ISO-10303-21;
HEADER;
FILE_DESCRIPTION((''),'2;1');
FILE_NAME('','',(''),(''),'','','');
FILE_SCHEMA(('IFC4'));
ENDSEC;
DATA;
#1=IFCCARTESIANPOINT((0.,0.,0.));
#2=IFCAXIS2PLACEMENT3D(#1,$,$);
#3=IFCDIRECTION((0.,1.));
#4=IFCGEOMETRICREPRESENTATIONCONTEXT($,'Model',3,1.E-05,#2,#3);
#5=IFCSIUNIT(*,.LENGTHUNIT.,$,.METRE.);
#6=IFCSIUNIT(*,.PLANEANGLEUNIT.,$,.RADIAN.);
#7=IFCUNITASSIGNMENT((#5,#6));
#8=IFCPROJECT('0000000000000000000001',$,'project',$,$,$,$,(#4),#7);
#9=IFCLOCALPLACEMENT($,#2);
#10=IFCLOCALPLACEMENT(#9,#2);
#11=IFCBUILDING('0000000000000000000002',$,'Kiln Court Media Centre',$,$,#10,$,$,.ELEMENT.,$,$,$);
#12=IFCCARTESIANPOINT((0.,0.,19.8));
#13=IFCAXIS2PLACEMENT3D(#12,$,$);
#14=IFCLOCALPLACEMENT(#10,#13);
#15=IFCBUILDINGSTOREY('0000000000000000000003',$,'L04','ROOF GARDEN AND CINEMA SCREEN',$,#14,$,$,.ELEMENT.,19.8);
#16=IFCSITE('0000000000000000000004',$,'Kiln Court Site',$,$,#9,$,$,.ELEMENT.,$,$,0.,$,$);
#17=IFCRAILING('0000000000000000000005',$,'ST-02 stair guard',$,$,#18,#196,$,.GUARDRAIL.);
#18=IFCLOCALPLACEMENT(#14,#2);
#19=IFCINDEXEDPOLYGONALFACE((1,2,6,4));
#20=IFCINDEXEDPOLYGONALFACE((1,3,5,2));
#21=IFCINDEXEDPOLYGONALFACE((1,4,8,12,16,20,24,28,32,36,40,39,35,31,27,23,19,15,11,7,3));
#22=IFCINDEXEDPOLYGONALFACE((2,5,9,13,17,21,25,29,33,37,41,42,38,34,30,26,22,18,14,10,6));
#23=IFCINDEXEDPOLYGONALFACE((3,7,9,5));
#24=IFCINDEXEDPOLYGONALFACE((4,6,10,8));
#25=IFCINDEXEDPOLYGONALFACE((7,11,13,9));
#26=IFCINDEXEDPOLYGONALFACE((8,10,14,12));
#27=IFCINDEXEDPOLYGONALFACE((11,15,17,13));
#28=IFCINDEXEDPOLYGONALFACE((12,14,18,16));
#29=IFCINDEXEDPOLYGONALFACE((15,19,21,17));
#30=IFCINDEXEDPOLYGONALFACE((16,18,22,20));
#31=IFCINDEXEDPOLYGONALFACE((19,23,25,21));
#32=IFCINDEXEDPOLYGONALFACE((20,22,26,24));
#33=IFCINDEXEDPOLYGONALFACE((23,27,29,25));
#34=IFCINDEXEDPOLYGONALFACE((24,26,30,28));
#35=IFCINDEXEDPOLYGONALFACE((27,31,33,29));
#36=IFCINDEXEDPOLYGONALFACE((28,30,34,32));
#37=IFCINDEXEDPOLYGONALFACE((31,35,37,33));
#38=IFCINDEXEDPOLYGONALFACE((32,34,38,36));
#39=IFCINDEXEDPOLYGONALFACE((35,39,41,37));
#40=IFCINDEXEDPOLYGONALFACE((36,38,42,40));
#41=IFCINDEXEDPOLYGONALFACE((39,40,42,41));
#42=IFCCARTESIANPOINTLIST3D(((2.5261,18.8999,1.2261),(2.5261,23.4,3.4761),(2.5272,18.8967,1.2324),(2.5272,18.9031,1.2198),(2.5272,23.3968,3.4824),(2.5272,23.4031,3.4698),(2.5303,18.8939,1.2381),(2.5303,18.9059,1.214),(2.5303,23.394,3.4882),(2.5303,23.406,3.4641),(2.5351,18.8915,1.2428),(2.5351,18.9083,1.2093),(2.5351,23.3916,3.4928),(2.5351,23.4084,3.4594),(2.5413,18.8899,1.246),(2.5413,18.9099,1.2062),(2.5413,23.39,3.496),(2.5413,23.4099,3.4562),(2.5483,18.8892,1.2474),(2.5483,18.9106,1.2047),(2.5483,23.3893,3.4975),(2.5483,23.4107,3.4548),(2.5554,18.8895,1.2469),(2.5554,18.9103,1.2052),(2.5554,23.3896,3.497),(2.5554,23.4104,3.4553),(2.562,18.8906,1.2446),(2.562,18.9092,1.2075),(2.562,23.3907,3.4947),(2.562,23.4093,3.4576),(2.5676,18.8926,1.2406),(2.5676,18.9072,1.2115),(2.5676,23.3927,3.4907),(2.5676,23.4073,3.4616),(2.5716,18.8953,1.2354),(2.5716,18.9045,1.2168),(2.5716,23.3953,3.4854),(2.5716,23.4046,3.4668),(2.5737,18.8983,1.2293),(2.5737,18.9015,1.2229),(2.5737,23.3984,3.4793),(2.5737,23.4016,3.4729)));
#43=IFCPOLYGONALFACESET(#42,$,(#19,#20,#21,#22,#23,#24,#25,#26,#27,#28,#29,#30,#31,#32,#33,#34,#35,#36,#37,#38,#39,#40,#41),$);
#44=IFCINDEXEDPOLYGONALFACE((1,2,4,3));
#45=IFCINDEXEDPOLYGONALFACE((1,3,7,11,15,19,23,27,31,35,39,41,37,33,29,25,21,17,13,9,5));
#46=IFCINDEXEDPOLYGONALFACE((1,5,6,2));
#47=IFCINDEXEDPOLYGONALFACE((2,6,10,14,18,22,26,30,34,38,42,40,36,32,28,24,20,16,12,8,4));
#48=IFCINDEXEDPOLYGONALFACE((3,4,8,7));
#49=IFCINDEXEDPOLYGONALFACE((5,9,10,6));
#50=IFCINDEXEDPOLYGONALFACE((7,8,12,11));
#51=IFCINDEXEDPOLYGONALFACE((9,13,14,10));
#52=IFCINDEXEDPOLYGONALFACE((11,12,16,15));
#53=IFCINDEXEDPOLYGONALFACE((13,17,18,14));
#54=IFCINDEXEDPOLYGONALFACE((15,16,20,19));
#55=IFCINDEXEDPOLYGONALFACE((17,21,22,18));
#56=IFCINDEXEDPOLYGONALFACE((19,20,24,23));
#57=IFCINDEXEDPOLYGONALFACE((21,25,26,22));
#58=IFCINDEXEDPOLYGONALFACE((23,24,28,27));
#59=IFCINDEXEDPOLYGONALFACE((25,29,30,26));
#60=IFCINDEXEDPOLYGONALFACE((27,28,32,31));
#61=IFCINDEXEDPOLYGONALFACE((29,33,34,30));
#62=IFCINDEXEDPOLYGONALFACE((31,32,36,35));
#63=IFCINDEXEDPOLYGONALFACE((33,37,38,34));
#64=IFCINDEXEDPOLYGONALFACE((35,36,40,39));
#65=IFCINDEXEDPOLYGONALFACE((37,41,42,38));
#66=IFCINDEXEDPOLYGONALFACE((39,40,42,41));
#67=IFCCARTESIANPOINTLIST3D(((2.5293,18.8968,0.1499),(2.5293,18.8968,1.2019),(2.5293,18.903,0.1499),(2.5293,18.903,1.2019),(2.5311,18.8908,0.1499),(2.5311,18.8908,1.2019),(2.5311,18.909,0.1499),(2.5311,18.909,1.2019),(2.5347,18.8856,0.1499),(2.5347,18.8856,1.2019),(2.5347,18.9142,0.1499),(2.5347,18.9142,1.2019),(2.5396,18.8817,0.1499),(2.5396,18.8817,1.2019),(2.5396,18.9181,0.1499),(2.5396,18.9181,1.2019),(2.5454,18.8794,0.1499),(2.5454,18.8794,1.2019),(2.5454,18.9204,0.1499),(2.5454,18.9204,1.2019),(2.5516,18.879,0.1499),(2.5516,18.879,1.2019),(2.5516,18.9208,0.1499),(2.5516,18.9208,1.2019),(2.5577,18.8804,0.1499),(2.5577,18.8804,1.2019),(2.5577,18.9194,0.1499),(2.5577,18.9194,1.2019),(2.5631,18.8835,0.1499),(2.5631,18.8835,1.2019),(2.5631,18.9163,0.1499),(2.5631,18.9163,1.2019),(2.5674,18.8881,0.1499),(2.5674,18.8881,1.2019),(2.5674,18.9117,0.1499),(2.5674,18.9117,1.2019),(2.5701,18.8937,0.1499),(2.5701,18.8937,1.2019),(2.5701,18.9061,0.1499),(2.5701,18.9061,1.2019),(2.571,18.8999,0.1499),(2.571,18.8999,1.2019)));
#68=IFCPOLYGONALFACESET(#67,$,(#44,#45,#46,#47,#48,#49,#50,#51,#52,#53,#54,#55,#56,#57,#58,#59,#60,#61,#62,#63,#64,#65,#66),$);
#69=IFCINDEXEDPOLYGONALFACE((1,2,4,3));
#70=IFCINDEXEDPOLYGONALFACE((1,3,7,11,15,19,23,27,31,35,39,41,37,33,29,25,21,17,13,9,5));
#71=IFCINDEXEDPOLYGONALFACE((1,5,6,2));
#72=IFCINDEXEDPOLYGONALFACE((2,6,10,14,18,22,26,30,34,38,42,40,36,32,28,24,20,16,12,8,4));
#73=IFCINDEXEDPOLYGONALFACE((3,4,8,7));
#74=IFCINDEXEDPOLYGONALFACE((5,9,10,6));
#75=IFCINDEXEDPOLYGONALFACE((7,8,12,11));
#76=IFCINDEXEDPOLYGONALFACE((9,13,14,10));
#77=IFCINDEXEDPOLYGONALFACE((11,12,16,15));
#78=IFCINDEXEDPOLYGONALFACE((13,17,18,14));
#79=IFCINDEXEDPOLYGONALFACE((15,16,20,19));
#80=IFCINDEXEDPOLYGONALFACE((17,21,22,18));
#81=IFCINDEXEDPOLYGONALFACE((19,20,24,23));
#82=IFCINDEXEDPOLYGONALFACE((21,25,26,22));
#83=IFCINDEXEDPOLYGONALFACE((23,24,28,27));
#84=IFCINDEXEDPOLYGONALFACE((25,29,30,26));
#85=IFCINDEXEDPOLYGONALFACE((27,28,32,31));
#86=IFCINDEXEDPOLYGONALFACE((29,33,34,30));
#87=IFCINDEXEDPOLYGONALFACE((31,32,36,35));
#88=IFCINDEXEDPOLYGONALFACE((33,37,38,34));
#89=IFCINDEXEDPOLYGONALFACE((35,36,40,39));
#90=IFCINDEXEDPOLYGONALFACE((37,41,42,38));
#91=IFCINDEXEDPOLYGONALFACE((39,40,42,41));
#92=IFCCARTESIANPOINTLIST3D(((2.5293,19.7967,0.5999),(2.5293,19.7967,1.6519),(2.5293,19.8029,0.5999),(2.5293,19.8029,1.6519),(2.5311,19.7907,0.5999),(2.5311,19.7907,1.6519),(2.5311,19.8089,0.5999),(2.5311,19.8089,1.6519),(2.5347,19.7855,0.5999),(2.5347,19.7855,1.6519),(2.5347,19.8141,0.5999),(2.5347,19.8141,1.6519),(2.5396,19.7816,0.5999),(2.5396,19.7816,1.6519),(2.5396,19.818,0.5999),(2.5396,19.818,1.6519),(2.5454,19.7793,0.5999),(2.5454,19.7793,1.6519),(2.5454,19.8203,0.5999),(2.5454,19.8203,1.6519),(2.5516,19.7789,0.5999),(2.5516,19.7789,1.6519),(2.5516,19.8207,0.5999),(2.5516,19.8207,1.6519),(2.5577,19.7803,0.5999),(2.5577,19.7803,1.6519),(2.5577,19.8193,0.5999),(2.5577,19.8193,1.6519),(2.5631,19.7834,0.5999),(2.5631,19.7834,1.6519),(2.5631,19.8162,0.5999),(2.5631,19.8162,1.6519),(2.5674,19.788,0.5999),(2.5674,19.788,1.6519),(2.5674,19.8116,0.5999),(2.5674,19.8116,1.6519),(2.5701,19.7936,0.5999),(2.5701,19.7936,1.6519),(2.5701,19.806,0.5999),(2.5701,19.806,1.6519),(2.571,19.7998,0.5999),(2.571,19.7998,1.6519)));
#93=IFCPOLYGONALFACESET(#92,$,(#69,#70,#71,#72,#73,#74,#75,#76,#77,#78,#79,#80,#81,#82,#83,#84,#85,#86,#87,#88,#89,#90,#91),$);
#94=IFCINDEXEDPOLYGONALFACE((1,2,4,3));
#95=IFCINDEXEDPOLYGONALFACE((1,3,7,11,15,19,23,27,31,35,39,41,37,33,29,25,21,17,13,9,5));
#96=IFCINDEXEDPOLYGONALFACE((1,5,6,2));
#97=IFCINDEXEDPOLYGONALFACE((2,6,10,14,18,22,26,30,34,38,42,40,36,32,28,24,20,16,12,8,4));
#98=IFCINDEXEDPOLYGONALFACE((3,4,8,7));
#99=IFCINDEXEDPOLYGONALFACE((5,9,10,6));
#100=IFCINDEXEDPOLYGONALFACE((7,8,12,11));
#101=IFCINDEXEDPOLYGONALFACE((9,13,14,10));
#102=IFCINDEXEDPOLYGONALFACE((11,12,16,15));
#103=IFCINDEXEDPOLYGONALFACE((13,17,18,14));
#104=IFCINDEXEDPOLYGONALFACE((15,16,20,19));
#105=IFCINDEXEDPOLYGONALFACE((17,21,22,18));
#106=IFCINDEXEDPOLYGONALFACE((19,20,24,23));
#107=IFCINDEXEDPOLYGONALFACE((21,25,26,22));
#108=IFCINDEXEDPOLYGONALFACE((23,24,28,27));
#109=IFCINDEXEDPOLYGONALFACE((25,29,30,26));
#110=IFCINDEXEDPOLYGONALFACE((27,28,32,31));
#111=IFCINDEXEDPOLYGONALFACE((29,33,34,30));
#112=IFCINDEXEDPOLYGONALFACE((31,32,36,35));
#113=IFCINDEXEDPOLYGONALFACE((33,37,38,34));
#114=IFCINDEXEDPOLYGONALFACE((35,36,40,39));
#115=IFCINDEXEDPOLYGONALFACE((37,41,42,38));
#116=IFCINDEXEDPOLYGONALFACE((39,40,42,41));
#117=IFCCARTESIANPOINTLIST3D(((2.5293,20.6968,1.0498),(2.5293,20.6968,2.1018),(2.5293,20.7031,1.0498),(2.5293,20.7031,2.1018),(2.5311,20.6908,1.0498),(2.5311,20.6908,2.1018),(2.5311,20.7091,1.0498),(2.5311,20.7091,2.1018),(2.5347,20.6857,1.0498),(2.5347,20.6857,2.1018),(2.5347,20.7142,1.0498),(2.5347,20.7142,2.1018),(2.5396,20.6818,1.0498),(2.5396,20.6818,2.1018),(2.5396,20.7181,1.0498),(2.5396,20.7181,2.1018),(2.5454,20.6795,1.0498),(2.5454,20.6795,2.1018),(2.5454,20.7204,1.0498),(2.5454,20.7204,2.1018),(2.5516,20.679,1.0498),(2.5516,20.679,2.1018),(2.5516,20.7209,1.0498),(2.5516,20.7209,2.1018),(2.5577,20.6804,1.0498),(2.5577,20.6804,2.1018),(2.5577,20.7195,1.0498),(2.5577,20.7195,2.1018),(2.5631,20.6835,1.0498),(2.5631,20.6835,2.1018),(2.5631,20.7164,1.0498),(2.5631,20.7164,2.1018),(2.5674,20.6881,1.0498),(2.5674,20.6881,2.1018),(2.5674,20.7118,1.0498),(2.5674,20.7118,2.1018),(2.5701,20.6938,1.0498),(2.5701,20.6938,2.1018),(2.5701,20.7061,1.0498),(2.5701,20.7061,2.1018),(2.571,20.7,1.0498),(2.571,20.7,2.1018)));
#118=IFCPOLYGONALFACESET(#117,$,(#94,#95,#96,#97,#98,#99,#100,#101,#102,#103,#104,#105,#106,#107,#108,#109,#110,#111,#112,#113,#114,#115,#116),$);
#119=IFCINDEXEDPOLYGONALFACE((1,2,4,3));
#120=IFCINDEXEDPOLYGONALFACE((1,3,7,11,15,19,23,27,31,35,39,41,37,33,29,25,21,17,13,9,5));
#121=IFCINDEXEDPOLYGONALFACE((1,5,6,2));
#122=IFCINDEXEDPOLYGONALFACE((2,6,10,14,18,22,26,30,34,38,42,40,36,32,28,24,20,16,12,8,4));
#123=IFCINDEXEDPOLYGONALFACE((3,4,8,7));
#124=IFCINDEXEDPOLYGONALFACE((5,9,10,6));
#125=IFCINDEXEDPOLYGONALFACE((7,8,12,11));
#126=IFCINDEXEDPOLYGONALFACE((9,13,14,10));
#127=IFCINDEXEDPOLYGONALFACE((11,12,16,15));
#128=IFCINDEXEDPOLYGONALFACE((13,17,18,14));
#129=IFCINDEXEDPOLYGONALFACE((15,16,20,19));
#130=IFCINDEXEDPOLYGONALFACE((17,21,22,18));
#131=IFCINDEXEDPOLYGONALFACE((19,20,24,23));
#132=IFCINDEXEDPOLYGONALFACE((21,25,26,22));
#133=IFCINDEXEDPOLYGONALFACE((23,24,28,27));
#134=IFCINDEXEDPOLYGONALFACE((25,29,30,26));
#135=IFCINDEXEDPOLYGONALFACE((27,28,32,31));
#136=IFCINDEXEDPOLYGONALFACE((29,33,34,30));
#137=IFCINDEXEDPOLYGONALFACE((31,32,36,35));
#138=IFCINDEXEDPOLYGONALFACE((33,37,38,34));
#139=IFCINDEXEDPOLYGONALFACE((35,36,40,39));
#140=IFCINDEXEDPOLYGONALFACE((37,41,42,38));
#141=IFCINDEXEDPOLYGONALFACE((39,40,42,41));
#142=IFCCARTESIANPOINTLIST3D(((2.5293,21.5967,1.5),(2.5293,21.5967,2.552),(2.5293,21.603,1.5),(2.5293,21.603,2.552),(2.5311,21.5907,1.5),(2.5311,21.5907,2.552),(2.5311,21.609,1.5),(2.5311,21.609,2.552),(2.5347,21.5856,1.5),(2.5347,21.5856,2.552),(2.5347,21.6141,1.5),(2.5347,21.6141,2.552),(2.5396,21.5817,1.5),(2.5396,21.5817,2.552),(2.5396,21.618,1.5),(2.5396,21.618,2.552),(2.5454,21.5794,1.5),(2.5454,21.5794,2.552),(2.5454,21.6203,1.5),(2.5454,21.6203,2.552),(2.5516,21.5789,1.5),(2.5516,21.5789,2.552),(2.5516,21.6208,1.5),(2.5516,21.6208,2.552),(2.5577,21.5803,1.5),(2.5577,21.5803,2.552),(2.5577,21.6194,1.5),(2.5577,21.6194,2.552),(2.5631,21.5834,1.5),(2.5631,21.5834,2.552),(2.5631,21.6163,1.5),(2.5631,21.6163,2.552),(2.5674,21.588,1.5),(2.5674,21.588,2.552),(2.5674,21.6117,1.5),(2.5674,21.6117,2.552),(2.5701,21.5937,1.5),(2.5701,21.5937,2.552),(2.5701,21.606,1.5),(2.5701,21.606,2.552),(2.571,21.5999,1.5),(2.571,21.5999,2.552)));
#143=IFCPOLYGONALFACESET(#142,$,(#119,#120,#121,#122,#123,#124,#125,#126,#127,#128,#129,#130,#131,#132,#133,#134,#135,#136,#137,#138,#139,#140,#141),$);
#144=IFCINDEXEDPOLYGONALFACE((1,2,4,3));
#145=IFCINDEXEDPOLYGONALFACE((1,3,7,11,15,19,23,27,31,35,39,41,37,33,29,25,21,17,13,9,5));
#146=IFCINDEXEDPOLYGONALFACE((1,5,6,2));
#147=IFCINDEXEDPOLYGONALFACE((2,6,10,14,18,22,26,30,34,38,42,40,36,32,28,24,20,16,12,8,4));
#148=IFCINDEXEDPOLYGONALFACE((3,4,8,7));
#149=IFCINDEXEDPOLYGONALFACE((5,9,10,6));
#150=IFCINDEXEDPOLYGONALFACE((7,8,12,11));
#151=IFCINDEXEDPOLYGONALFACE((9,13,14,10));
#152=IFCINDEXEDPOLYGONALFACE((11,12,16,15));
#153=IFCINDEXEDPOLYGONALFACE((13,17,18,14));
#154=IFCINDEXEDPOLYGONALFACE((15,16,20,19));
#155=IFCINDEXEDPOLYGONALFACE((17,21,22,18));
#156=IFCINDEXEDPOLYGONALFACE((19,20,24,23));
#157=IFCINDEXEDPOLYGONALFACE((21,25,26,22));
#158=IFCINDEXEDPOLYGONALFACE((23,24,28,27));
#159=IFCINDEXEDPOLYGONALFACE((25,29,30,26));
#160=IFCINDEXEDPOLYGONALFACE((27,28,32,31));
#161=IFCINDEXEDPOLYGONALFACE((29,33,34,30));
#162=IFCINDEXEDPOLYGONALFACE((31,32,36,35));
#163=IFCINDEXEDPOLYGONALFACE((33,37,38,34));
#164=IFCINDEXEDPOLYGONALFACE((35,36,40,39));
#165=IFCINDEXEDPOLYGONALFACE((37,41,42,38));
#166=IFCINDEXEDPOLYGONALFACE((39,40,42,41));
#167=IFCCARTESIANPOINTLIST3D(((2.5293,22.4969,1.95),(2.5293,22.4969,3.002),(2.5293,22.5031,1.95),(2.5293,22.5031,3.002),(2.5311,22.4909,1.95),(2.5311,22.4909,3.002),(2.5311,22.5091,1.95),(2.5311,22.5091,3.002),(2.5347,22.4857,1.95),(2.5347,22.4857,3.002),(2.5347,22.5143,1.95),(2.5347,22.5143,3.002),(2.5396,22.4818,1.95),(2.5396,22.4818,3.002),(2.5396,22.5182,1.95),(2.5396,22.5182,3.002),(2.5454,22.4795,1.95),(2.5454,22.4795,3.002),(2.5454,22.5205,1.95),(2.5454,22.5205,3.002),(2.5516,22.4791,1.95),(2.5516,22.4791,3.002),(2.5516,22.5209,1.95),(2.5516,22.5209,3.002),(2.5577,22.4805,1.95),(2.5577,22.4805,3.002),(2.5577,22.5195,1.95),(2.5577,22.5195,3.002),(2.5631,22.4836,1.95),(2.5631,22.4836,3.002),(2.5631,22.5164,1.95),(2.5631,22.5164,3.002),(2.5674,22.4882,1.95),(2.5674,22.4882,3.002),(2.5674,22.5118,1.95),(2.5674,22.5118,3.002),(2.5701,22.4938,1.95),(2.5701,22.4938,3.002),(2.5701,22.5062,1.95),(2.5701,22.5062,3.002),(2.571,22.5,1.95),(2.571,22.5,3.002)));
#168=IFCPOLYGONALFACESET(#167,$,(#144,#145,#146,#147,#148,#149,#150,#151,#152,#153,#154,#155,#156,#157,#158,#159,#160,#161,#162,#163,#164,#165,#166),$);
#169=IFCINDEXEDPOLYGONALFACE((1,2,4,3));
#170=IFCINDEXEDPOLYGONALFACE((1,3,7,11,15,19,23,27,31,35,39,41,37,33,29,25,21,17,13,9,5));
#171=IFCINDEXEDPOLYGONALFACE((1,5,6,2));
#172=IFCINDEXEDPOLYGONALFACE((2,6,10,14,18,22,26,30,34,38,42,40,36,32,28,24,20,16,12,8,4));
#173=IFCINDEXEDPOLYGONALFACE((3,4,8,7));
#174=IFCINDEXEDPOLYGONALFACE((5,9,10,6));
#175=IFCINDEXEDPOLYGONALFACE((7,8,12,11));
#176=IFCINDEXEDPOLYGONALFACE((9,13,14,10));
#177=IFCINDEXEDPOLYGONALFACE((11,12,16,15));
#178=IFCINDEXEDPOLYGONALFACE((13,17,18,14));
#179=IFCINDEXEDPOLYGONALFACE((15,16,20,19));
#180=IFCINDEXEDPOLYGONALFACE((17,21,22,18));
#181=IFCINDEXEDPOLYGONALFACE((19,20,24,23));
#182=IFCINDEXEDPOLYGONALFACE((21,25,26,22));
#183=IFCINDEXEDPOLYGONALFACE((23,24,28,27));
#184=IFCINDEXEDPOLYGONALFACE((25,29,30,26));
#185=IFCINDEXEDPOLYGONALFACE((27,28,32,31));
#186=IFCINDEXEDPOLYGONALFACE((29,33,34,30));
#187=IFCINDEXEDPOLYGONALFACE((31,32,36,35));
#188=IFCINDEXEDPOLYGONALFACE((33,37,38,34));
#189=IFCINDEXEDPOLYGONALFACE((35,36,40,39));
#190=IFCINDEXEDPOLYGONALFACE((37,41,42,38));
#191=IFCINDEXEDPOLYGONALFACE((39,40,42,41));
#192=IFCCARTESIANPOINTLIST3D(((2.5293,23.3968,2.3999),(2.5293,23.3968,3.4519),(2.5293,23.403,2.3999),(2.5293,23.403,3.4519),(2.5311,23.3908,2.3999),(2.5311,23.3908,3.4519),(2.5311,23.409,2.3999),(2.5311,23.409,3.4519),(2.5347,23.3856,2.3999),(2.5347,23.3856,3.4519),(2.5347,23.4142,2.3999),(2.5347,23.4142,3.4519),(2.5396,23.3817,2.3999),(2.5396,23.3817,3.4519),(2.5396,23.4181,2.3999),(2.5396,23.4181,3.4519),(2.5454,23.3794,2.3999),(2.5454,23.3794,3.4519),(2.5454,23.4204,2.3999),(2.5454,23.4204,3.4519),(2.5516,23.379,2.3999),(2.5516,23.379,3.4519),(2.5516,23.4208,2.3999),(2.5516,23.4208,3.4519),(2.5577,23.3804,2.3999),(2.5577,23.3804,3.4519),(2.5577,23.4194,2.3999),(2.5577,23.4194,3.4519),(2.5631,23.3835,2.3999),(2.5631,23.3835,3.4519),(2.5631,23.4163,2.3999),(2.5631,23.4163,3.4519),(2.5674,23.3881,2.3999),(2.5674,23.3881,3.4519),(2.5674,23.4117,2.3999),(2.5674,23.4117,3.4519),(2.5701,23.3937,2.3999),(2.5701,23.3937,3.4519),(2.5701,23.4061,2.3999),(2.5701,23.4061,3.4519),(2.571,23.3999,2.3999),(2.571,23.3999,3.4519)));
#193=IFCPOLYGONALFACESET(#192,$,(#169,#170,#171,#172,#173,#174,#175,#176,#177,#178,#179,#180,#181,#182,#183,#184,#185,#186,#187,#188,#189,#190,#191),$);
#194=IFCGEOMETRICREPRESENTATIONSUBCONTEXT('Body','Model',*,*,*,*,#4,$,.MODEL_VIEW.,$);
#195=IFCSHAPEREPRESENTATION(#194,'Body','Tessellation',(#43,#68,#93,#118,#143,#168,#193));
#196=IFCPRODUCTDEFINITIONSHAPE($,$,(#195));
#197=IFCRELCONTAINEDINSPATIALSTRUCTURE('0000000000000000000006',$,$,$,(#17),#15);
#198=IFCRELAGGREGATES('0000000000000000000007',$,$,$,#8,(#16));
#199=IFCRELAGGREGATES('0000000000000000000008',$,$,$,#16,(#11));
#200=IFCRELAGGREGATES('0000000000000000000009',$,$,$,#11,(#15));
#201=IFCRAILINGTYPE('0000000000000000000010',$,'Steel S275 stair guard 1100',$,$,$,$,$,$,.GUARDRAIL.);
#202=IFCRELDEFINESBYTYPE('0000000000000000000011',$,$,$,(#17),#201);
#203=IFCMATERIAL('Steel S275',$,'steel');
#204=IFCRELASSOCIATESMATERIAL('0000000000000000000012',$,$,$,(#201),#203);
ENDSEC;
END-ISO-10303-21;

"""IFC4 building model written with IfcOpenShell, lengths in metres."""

from ifc_helpers import new_model, si_unit, direction, frame, origin, origin_2d, place, context, subcontext, project, spatial, circle, extrude, material, type_object, element, save


model = new_model("IFC4")

# Units and contexts
model_context = context("Model", 3, precision=1e-05, world=origin(), true_north=direction((0.0, 1.0)))
body_context = subcontext(model_context, "Body", "Model", "MODEL_VIEW")
ifc_project = project(units=[si_unit("LENGTHUNIT", "METRE"), si_unit("PLANEANGLEUNIT", "RADIAN")], contexts=[model_context])

# Site, building, storey
site_placement = place(None, origin())
site = spatial("IfcSite", under=ifc_project, at=site_placement, Name="Kiln Court Site", CompositionType="ELEMENT", RefElevation=0.0)
building_placement = place(site_placement, origin())
building = spatial("IfcBuilding", under=site, at=building_placement, Name="Kiln Court Media Centre", CompositionType="ELEMENT")
storey_placement = place(building_placement, frame((0.0, 0.0, 19.8)))
storey = spatial("IfcBuildingStorey", under=building, at=storey_placement, Name="L04", Description="ROOF GARDEN AND CINEMA SCREEN", CompositionType="ELEMENT", Elevation=19.8)

# Railing
ifc_material_1 = material(Name="Steel S275", Category="steel")
railing_type_1 = type_object("IfcRailingType", Name="Steel S275 stair guard 1100", PredefinedType="GUARDRAIL", material=ifc_material_1)
railing_1_placement = place(storey_placement, frame((2.55, 18.8999, 0.1499)))
element("IfcRailing", 1, at=railing_1_placement, inside=storey, type_object=railing_type_1, Name="ST-02 stair guard", PredefinedType="GUARDRAIL", context=body_context, shape_type="SweptSolid", body=[
    extrude(circle(Radius=0.0239, at=origin_2d()), frame((0.0, 0.0, 1.0762), z_axis=(0.0, 0.894427, 0.447214), x_axis=(-1.0, 0.0, 0.0)), (0.0, 0.0, 1.0), 5.0312),
    extrude(circle(Radius=0.021, at=origin_2d()), origin(), (0.0, 0.0, 1.0), 1.052),
    extrude(circle(Radius=0.021, at=origin_2d()), frame((0.0, 0.8999, 0.45)), (0.0, 0.0, 1.0), 1.052),
    extrude(circle(Radius=0.021, at=origin_2d()), frame((0.0, 1.8, 0.8999)), (0.0, 0.0, 1.0), 1.052),
    extrude(circle(Radius=0.021, at=origin_2d()), frame((0.0, 2.7, 1.3501)), (0.0, 0.0, 1.0), 1.052),
    extrude(circle(Radius=0.021, at=origin_2d()), frame((0.0, 3.6001, 1.8)), (0.0, 0.0, 1.0), 1.052),
    extrude(circle(Radius=0.021, at=origin_2d()), frame((0.0, 4.5, 2.25)), (0.0, 0.0, 1.0), 1.052),
])

save(model, "model.ifc")
